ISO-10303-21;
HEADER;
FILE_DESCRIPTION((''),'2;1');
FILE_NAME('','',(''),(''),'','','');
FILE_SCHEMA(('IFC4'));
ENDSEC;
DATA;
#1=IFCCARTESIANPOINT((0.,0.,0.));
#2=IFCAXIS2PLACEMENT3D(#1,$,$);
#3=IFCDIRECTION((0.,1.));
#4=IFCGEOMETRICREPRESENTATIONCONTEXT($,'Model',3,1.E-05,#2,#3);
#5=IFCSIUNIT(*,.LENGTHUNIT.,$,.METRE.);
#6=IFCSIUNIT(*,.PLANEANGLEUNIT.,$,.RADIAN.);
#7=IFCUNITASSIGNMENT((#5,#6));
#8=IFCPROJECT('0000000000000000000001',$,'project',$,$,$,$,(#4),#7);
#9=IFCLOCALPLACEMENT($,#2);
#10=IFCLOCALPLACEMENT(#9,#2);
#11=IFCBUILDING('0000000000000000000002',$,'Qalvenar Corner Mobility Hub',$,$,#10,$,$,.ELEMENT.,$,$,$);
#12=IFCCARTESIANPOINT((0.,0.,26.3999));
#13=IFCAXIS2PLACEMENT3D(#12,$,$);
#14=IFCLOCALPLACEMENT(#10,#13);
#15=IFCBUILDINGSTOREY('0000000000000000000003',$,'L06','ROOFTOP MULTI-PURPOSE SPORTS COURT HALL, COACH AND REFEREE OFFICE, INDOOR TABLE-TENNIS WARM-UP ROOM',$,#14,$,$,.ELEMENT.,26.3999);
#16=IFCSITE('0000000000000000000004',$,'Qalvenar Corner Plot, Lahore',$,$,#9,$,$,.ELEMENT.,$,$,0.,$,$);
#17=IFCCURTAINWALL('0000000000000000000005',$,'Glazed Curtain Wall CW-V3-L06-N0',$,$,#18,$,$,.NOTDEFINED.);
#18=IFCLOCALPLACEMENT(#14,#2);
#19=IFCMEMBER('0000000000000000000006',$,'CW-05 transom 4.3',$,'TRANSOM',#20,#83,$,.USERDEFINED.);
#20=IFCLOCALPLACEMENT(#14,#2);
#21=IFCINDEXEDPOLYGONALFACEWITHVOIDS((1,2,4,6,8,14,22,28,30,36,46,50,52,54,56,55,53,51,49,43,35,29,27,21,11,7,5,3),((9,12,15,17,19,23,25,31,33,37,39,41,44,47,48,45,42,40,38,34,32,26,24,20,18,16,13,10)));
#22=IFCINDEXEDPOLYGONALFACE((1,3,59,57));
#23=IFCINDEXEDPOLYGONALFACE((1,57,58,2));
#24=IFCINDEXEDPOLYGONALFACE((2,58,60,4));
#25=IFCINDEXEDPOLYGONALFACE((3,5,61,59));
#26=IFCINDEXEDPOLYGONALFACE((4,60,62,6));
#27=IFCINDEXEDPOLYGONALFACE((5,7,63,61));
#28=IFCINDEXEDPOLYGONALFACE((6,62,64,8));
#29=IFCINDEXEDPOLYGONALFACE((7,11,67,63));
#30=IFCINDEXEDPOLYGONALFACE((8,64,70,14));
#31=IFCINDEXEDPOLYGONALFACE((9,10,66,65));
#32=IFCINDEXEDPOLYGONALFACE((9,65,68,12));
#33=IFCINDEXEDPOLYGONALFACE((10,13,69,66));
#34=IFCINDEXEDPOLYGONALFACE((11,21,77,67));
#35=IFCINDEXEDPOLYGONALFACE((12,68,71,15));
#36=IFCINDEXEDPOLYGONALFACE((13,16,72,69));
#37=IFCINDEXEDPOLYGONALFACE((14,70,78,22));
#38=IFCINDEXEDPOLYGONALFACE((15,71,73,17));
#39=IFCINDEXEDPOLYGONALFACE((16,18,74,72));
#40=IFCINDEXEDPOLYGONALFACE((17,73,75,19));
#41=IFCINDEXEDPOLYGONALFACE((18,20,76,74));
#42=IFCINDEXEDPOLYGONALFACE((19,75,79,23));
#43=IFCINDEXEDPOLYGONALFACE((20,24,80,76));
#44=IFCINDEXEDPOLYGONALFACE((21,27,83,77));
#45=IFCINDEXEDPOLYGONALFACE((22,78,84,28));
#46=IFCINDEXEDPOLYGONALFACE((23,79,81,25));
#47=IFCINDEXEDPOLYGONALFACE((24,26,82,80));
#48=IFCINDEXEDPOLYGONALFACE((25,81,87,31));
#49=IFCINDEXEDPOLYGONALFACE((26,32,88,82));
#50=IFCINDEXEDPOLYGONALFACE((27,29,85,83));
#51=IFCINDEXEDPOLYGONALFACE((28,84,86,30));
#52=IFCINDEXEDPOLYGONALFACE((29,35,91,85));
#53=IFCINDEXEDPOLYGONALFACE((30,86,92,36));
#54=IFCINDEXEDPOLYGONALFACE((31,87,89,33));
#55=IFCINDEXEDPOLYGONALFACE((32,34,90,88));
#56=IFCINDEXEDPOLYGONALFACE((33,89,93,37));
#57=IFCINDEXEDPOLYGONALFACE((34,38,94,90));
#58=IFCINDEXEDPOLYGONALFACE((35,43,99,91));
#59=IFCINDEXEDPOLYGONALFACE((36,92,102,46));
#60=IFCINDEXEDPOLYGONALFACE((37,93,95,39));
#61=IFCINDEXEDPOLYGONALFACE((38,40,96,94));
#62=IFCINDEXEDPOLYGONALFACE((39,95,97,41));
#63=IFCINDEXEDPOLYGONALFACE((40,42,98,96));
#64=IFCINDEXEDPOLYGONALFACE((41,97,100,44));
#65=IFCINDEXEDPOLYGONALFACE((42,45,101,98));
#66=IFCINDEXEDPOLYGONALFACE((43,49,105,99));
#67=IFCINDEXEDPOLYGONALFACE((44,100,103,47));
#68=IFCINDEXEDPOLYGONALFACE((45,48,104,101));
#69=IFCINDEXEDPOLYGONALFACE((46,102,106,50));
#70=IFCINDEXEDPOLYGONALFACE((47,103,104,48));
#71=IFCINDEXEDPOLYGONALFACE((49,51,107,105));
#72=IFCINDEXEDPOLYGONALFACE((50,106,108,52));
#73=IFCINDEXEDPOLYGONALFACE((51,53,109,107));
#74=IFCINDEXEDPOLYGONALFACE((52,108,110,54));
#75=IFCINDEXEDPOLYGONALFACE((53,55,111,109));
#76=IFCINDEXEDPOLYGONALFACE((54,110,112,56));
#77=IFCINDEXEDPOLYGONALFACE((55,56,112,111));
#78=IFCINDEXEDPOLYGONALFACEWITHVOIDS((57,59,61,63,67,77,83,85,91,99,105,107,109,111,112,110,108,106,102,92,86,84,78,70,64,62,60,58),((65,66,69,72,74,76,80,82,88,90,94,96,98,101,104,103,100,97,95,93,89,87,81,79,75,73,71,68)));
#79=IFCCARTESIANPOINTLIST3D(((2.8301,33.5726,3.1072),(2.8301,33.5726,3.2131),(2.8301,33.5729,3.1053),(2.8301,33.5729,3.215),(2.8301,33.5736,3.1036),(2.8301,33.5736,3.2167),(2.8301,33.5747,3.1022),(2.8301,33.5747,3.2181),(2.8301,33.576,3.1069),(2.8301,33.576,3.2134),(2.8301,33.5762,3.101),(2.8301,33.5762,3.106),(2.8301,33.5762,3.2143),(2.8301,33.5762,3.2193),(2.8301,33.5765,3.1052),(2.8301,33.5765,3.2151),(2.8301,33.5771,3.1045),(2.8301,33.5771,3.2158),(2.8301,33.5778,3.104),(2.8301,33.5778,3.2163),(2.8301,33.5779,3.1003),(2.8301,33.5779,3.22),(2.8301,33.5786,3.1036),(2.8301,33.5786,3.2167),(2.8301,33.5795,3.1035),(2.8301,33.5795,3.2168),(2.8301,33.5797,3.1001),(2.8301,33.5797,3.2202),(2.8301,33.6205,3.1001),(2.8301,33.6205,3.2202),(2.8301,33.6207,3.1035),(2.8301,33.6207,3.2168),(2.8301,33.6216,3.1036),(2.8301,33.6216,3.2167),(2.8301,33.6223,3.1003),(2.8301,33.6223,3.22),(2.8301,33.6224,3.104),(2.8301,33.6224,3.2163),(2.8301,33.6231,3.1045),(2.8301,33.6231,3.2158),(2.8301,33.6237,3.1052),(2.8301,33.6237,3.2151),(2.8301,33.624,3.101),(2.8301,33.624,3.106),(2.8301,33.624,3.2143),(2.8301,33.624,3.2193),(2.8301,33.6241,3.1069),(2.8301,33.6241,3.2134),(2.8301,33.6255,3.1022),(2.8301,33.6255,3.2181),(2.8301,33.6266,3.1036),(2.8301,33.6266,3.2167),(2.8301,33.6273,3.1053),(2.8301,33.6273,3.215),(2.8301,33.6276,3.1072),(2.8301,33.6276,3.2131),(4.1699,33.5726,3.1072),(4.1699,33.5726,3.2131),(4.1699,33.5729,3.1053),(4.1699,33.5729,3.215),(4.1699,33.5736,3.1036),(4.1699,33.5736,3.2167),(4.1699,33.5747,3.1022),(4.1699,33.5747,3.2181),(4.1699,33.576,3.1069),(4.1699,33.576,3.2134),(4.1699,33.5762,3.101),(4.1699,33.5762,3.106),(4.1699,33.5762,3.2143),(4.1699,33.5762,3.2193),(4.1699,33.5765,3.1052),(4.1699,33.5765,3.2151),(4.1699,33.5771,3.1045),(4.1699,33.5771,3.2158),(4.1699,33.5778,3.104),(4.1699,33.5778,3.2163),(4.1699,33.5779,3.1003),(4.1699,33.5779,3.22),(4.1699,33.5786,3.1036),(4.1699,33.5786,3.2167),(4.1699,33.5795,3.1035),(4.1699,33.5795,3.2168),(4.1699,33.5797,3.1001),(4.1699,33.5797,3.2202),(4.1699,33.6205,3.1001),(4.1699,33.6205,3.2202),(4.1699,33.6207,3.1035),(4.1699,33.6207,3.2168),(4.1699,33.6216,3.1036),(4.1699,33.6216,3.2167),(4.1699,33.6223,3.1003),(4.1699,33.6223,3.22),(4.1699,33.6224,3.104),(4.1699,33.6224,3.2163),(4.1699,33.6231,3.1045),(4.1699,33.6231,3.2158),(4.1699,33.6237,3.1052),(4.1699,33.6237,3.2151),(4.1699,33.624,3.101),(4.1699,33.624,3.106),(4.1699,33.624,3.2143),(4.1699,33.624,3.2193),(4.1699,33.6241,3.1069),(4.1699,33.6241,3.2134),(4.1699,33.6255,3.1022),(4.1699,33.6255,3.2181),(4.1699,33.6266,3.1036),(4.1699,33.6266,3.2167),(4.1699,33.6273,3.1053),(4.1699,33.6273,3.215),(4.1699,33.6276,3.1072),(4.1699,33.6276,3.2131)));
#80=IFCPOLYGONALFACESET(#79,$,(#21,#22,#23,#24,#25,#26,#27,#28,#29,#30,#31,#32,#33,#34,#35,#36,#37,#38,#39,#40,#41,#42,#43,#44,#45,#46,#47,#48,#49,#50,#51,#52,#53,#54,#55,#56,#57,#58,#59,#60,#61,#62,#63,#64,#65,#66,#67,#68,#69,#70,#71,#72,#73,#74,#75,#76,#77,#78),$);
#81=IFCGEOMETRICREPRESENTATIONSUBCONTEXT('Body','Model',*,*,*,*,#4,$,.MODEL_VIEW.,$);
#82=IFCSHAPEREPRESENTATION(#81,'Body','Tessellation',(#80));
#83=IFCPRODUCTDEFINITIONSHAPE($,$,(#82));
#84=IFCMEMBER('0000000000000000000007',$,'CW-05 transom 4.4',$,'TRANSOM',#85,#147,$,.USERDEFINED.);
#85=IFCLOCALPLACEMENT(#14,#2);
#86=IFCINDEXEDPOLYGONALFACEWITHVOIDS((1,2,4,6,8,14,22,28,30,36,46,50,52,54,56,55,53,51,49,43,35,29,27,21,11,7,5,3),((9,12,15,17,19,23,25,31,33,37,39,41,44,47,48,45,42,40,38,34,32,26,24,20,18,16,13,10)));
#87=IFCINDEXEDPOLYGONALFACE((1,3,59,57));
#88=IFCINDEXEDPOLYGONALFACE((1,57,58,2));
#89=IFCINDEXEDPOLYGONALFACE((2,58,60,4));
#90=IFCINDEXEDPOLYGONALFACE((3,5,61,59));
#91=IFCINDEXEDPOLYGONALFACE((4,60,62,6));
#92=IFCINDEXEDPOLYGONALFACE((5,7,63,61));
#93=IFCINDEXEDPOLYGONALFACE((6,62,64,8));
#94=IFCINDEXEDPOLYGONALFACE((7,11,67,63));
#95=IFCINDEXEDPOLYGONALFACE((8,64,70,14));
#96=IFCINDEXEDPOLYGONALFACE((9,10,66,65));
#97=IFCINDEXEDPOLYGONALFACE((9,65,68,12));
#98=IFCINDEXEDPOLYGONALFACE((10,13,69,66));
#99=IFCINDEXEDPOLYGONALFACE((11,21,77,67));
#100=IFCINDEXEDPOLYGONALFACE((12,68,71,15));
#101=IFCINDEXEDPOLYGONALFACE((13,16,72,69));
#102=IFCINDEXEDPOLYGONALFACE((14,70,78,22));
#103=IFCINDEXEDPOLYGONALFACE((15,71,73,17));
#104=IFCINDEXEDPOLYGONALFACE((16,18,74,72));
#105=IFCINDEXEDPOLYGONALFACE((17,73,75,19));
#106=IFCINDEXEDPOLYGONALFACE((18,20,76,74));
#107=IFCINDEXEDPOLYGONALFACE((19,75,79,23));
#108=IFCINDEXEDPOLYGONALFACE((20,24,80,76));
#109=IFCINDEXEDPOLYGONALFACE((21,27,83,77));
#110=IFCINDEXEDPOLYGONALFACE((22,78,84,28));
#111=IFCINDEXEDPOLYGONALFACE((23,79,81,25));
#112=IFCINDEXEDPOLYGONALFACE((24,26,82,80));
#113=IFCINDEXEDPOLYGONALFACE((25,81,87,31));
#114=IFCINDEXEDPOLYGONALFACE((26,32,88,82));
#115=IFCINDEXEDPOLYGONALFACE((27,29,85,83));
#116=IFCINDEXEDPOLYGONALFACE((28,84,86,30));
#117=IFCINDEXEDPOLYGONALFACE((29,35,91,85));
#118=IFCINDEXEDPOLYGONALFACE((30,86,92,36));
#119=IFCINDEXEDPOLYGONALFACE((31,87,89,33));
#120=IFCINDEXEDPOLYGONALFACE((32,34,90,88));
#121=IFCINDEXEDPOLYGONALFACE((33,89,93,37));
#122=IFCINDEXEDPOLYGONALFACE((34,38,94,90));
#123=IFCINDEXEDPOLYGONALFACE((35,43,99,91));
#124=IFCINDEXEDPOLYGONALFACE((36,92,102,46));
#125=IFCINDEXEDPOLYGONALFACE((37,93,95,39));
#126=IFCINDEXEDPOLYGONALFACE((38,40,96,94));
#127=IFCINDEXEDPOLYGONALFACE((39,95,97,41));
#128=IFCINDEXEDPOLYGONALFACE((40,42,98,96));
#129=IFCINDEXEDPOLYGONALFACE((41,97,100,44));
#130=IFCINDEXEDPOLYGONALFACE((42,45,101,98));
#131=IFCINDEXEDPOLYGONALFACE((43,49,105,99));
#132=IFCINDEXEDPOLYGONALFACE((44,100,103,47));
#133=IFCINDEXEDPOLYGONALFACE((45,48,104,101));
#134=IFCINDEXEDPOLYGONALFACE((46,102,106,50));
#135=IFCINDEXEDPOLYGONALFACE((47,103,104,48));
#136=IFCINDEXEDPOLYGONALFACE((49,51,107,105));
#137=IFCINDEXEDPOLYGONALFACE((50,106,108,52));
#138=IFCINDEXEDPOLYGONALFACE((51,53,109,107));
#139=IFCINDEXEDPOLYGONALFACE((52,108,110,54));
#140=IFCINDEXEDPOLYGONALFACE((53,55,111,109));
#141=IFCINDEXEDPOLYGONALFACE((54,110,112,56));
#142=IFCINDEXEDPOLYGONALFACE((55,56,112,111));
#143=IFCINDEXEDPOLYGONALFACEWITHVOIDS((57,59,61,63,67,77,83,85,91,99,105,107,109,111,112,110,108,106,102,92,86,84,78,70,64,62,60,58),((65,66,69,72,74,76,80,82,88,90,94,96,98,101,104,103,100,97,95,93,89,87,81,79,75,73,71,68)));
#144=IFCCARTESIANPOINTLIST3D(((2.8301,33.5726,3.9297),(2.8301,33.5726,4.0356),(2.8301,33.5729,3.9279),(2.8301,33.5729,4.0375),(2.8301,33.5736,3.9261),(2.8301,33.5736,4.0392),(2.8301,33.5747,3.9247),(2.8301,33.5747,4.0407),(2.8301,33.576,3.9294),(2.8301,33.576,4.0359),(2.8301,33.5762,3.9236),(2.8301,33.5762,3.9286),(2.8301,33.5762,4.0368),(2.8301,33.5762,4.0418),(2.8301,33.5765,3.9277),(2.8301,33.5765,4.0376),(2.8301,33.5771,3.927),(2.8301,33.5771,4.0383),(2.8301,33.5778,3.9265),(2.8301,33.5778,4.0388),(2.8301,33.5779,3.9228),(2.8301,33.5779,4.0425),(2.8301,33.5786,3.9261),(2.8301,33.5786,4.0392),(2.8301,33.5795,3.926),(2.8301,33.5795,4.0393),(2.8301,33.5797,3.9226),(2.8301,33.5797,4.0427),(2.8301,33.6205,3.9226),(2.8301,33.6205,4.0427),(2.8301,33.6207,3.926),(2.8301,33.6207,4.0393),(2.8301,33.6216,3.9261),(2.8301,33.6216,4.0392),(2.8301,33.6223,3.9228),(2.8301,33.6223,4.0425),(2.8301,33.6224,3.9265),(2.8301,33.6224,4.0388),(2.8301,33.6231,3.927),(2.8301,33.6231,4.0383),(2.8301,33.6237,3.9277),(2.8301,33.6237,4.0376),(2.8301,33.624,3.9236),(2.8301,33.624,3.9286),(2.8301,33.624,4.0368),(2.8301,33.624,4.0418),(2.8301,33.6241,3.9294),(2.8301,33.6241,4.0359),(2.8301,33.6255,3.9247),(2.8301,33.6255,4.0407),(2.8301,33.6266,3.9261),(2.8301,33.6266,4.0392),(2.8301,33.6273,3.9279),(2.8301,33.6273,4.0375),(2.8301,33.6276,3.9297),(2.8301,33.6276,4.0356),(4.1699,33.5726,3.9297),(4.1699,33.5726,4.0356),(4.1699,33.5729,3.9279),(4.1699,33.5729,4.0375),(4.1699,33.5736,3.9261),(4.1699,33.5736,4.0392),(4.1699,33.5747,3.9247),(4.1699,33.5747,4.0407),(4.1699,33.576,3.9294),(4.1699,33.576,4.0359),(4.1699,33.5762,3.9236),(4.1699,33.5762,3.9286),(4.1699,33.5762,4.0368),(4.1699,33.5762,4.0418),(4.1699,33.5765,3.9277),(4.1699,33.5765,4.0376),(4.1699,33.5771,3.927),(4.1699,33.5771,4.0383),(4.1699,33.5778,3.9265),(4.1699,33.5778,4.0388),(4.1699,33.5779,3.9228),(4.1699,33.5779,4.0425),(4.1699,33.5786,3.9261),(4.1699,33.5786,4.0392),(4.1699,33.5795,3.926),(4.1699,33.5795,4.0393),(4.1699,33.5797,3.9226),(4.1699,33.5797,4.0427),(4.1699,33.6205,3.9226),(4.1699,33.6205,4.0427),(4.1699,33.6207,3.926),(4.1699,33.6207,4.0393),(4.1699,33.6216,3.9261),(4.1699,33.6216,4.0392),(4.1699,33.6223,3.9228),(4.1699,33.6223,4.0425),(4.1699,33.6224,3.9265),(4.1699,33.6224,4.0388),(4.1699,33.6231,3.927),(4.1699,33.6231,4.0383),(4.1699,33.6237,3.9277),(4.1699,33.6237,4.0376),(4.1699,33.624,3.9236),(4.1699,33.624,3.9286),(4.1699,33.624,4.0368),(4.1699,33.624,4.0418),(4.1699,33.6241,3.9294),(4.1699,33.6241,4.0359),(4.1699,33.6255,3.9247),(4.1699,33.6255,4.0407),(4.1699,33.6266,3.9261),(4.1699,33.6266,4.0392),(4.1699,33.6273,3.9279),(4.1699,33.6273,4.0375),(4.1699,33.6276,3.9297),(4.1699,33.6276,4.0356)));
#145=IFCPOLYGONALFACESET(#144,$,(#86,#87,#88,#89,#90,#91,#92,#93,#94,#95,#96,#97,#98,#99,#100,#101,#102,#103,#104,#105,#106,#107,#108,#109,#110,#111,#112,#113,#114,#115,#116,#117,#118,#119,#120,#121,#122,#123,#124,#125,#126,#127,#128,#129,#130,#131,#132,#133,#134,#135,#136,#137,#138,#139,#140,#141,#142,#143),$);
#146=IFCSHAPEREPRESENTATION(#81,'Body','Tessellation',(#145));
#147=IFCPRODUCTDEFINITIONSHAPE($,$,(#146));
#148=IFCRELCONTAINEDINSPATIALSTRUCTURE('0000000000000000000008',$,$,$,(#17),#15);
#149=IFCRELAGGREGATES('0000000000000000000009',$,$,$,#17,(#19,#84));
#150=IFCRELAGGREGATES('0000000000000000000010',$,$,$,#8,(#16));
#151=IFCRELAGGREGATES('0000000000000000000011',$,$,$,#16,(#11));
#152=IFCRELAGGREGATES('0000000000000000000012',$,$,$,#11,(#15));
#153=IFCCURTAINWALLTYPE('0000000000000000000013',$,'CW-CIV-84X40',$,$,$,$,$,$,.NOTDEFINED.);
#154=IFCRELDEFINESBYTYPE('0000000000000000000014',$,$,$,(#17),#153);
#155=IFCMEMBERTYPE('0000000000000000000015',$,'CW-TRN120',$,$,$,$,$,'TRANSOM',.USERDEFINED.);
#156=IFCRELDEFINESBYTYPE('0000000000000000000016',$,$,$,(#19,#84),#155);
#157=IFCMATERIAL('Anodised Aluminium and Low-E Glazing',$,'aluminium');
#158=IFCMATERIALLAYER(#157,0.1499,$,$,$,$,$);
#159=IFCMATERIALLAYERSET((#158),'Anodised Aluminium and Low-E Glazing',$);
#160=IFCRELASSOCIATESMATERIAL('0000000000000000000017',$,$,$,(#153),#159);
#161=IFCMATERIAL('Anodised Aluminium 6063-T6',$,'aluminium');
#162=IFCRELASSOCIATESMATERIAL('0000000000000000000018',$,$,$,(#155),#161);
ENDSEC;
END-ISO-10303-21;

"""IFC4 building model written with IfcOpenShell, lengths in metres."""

from ifc_helpers import new_model, si_unit, direction, frame, origin, origin_2d, place, context, subcontext, project, spatial, hollow_rectangle, extrude, material, layer, layer_set, material_profile, profile_set, type_object, element, aggregate, save


model = new_model("IFC4")

# Units and contexts
model_context = context("Model", 3, precision=1e-05, world=origin(), true_north=direction((0.0, 1.0)))
body_context = subcontext(model_context, "Body", "Model", "MODEL_VIEW")
ifc_project = project(units=[si_unit("LENGTHUNIT", "METRE"), si_unit("PLANEANGLEUNIT", "RADIAN")], contexts=[model_context])

# Site, building, storey
site_placement = place(None, origin())
site = spatial("IfcSite", under=ifc_project, at=site_placement, Name="Qalvenar Corner Plot, Lahore", CompositionType="ELEMENT", RefElevation=0.0)
building_placement = place(site_placement, origin())
building = spatial("IfcBuilding", under=site, at=building_placement, Name="Qalvenar Corner Mobility Hub", CompositionType="ELEMENT")
storey_placement = place(building_placement, frame((0.0, 0.0, 26.3999)))
storey = spatial("IfcBuildingStorey", under=building, at=storey_placement, Name="L06", Description="ROOFTOP MULTI-PURPOSE SPORTS COURT HALL, COACH AND REFEREE OFFICE, INDOOR TABLE-TENNIS WARM-UP ROOM", CompositionType="ELEMENT", Elevation=26.3999)

# Curtain wall, members
ifc_material_1 = material(Name="Anodised Aluminium and Low-E Glazing", Category="aluminium")
ifc_layer_1 = layer(ifc_material_1, 0.1499)
ifc_layer_set_1 = layer_set([ifc_layer_1], Name="Anodised Aluminium and Low-E Glazing")
curtain_wall_type = type_object("IfcCurtainWallType", Name="CW-CIV-84X40", PredefinedType="NOTDEFINED", material=ifc_layer_set_1)
curtain_wall_placement = place(storey_placement, origin())
curtain_wall = element("IfcCurtainWall", 1, at=curtain_wall_placement, inside=storey, type_object=curtain_wall_type, Name="Glazed Curtain Wall CW-V3-L06-N0", PredefinedType="NOTDEFINED")
ifc_material_2 = material(Name="Anodised Aluminium 6063-T6", Category="aluminium")
ifc_material_profile_1 = material_profile(ifc_material_2, hollow_rectangle(XDim=0.0549, YDim=0.1201, WallThickness=0.0034, InnerFilletRadius=0.0034, OuterFilletRadius=0.0071, at=origin_2d()), Name="RHS120x55x3.5")
ifc_profile_set_1 = profile_set([ifc_material_profile_1], Name="Anodised Aluminium 6063-T6")
member_type_1 = type_object("IfcMemberType", Name="CW-TRN120", ElementType="TRANSOM", PredefinedType="USERDEFINED", material=ifc_profile_set_1)
member_1_placement = place(storey_placement, frame((4.1699, 33.6001, 3.1602), z_axis=(-1.0, 0.0, 0.0), x_axis=(0.0, -1.0, 0.0)))
member_1 = element("IfcMember", 2, at=member_1_placement, type_object=member_type_1, Name="CW-05 transom 4.3", ObjectType="TRANSOM", PredefinedType="USERDEFINED", context=body_context, shape_type="SweptSolid", body=[
    extrude(hollow_rectangle(XDim=0.0549, YDim=0.1201, WallThickness=0.0034, InnerFilletRadius=0.0034, OuterFilletRadius=0.0071, at=origin_2d()), origin(), (0.0, 0.0, 1.0), 1.3398),
])
member_2_placement = place(storey_placement, frame((4.1699, 33.6001, 3.9827), z_axis=(-1.0, 0.0, 0.0), x_axis=(0.0, -1.0, 0.0)))
member_2 = element("IfcMember", 3, at=member_2_placement, type_object=member_type_1, Name="CW-05 transom 4.4", ObjectType="TRANSOM", PredefinedType="USERDEFINED", context=body_context, shape_type="SweptSolid", body=[
    extrude(hollow_rectangle(XDim=0.0549, YDim=0.1201, WallThickness=0.0034, InnerFilletRadius=0.0034, OuterFilletRadius=0.0071, at=origin_2d()), origin(), (0.0, 0.0, 1.0), 1.3398),
])
aggregate(curtain_wall, [member_1, member_2])

save(model, "model.ifc")
